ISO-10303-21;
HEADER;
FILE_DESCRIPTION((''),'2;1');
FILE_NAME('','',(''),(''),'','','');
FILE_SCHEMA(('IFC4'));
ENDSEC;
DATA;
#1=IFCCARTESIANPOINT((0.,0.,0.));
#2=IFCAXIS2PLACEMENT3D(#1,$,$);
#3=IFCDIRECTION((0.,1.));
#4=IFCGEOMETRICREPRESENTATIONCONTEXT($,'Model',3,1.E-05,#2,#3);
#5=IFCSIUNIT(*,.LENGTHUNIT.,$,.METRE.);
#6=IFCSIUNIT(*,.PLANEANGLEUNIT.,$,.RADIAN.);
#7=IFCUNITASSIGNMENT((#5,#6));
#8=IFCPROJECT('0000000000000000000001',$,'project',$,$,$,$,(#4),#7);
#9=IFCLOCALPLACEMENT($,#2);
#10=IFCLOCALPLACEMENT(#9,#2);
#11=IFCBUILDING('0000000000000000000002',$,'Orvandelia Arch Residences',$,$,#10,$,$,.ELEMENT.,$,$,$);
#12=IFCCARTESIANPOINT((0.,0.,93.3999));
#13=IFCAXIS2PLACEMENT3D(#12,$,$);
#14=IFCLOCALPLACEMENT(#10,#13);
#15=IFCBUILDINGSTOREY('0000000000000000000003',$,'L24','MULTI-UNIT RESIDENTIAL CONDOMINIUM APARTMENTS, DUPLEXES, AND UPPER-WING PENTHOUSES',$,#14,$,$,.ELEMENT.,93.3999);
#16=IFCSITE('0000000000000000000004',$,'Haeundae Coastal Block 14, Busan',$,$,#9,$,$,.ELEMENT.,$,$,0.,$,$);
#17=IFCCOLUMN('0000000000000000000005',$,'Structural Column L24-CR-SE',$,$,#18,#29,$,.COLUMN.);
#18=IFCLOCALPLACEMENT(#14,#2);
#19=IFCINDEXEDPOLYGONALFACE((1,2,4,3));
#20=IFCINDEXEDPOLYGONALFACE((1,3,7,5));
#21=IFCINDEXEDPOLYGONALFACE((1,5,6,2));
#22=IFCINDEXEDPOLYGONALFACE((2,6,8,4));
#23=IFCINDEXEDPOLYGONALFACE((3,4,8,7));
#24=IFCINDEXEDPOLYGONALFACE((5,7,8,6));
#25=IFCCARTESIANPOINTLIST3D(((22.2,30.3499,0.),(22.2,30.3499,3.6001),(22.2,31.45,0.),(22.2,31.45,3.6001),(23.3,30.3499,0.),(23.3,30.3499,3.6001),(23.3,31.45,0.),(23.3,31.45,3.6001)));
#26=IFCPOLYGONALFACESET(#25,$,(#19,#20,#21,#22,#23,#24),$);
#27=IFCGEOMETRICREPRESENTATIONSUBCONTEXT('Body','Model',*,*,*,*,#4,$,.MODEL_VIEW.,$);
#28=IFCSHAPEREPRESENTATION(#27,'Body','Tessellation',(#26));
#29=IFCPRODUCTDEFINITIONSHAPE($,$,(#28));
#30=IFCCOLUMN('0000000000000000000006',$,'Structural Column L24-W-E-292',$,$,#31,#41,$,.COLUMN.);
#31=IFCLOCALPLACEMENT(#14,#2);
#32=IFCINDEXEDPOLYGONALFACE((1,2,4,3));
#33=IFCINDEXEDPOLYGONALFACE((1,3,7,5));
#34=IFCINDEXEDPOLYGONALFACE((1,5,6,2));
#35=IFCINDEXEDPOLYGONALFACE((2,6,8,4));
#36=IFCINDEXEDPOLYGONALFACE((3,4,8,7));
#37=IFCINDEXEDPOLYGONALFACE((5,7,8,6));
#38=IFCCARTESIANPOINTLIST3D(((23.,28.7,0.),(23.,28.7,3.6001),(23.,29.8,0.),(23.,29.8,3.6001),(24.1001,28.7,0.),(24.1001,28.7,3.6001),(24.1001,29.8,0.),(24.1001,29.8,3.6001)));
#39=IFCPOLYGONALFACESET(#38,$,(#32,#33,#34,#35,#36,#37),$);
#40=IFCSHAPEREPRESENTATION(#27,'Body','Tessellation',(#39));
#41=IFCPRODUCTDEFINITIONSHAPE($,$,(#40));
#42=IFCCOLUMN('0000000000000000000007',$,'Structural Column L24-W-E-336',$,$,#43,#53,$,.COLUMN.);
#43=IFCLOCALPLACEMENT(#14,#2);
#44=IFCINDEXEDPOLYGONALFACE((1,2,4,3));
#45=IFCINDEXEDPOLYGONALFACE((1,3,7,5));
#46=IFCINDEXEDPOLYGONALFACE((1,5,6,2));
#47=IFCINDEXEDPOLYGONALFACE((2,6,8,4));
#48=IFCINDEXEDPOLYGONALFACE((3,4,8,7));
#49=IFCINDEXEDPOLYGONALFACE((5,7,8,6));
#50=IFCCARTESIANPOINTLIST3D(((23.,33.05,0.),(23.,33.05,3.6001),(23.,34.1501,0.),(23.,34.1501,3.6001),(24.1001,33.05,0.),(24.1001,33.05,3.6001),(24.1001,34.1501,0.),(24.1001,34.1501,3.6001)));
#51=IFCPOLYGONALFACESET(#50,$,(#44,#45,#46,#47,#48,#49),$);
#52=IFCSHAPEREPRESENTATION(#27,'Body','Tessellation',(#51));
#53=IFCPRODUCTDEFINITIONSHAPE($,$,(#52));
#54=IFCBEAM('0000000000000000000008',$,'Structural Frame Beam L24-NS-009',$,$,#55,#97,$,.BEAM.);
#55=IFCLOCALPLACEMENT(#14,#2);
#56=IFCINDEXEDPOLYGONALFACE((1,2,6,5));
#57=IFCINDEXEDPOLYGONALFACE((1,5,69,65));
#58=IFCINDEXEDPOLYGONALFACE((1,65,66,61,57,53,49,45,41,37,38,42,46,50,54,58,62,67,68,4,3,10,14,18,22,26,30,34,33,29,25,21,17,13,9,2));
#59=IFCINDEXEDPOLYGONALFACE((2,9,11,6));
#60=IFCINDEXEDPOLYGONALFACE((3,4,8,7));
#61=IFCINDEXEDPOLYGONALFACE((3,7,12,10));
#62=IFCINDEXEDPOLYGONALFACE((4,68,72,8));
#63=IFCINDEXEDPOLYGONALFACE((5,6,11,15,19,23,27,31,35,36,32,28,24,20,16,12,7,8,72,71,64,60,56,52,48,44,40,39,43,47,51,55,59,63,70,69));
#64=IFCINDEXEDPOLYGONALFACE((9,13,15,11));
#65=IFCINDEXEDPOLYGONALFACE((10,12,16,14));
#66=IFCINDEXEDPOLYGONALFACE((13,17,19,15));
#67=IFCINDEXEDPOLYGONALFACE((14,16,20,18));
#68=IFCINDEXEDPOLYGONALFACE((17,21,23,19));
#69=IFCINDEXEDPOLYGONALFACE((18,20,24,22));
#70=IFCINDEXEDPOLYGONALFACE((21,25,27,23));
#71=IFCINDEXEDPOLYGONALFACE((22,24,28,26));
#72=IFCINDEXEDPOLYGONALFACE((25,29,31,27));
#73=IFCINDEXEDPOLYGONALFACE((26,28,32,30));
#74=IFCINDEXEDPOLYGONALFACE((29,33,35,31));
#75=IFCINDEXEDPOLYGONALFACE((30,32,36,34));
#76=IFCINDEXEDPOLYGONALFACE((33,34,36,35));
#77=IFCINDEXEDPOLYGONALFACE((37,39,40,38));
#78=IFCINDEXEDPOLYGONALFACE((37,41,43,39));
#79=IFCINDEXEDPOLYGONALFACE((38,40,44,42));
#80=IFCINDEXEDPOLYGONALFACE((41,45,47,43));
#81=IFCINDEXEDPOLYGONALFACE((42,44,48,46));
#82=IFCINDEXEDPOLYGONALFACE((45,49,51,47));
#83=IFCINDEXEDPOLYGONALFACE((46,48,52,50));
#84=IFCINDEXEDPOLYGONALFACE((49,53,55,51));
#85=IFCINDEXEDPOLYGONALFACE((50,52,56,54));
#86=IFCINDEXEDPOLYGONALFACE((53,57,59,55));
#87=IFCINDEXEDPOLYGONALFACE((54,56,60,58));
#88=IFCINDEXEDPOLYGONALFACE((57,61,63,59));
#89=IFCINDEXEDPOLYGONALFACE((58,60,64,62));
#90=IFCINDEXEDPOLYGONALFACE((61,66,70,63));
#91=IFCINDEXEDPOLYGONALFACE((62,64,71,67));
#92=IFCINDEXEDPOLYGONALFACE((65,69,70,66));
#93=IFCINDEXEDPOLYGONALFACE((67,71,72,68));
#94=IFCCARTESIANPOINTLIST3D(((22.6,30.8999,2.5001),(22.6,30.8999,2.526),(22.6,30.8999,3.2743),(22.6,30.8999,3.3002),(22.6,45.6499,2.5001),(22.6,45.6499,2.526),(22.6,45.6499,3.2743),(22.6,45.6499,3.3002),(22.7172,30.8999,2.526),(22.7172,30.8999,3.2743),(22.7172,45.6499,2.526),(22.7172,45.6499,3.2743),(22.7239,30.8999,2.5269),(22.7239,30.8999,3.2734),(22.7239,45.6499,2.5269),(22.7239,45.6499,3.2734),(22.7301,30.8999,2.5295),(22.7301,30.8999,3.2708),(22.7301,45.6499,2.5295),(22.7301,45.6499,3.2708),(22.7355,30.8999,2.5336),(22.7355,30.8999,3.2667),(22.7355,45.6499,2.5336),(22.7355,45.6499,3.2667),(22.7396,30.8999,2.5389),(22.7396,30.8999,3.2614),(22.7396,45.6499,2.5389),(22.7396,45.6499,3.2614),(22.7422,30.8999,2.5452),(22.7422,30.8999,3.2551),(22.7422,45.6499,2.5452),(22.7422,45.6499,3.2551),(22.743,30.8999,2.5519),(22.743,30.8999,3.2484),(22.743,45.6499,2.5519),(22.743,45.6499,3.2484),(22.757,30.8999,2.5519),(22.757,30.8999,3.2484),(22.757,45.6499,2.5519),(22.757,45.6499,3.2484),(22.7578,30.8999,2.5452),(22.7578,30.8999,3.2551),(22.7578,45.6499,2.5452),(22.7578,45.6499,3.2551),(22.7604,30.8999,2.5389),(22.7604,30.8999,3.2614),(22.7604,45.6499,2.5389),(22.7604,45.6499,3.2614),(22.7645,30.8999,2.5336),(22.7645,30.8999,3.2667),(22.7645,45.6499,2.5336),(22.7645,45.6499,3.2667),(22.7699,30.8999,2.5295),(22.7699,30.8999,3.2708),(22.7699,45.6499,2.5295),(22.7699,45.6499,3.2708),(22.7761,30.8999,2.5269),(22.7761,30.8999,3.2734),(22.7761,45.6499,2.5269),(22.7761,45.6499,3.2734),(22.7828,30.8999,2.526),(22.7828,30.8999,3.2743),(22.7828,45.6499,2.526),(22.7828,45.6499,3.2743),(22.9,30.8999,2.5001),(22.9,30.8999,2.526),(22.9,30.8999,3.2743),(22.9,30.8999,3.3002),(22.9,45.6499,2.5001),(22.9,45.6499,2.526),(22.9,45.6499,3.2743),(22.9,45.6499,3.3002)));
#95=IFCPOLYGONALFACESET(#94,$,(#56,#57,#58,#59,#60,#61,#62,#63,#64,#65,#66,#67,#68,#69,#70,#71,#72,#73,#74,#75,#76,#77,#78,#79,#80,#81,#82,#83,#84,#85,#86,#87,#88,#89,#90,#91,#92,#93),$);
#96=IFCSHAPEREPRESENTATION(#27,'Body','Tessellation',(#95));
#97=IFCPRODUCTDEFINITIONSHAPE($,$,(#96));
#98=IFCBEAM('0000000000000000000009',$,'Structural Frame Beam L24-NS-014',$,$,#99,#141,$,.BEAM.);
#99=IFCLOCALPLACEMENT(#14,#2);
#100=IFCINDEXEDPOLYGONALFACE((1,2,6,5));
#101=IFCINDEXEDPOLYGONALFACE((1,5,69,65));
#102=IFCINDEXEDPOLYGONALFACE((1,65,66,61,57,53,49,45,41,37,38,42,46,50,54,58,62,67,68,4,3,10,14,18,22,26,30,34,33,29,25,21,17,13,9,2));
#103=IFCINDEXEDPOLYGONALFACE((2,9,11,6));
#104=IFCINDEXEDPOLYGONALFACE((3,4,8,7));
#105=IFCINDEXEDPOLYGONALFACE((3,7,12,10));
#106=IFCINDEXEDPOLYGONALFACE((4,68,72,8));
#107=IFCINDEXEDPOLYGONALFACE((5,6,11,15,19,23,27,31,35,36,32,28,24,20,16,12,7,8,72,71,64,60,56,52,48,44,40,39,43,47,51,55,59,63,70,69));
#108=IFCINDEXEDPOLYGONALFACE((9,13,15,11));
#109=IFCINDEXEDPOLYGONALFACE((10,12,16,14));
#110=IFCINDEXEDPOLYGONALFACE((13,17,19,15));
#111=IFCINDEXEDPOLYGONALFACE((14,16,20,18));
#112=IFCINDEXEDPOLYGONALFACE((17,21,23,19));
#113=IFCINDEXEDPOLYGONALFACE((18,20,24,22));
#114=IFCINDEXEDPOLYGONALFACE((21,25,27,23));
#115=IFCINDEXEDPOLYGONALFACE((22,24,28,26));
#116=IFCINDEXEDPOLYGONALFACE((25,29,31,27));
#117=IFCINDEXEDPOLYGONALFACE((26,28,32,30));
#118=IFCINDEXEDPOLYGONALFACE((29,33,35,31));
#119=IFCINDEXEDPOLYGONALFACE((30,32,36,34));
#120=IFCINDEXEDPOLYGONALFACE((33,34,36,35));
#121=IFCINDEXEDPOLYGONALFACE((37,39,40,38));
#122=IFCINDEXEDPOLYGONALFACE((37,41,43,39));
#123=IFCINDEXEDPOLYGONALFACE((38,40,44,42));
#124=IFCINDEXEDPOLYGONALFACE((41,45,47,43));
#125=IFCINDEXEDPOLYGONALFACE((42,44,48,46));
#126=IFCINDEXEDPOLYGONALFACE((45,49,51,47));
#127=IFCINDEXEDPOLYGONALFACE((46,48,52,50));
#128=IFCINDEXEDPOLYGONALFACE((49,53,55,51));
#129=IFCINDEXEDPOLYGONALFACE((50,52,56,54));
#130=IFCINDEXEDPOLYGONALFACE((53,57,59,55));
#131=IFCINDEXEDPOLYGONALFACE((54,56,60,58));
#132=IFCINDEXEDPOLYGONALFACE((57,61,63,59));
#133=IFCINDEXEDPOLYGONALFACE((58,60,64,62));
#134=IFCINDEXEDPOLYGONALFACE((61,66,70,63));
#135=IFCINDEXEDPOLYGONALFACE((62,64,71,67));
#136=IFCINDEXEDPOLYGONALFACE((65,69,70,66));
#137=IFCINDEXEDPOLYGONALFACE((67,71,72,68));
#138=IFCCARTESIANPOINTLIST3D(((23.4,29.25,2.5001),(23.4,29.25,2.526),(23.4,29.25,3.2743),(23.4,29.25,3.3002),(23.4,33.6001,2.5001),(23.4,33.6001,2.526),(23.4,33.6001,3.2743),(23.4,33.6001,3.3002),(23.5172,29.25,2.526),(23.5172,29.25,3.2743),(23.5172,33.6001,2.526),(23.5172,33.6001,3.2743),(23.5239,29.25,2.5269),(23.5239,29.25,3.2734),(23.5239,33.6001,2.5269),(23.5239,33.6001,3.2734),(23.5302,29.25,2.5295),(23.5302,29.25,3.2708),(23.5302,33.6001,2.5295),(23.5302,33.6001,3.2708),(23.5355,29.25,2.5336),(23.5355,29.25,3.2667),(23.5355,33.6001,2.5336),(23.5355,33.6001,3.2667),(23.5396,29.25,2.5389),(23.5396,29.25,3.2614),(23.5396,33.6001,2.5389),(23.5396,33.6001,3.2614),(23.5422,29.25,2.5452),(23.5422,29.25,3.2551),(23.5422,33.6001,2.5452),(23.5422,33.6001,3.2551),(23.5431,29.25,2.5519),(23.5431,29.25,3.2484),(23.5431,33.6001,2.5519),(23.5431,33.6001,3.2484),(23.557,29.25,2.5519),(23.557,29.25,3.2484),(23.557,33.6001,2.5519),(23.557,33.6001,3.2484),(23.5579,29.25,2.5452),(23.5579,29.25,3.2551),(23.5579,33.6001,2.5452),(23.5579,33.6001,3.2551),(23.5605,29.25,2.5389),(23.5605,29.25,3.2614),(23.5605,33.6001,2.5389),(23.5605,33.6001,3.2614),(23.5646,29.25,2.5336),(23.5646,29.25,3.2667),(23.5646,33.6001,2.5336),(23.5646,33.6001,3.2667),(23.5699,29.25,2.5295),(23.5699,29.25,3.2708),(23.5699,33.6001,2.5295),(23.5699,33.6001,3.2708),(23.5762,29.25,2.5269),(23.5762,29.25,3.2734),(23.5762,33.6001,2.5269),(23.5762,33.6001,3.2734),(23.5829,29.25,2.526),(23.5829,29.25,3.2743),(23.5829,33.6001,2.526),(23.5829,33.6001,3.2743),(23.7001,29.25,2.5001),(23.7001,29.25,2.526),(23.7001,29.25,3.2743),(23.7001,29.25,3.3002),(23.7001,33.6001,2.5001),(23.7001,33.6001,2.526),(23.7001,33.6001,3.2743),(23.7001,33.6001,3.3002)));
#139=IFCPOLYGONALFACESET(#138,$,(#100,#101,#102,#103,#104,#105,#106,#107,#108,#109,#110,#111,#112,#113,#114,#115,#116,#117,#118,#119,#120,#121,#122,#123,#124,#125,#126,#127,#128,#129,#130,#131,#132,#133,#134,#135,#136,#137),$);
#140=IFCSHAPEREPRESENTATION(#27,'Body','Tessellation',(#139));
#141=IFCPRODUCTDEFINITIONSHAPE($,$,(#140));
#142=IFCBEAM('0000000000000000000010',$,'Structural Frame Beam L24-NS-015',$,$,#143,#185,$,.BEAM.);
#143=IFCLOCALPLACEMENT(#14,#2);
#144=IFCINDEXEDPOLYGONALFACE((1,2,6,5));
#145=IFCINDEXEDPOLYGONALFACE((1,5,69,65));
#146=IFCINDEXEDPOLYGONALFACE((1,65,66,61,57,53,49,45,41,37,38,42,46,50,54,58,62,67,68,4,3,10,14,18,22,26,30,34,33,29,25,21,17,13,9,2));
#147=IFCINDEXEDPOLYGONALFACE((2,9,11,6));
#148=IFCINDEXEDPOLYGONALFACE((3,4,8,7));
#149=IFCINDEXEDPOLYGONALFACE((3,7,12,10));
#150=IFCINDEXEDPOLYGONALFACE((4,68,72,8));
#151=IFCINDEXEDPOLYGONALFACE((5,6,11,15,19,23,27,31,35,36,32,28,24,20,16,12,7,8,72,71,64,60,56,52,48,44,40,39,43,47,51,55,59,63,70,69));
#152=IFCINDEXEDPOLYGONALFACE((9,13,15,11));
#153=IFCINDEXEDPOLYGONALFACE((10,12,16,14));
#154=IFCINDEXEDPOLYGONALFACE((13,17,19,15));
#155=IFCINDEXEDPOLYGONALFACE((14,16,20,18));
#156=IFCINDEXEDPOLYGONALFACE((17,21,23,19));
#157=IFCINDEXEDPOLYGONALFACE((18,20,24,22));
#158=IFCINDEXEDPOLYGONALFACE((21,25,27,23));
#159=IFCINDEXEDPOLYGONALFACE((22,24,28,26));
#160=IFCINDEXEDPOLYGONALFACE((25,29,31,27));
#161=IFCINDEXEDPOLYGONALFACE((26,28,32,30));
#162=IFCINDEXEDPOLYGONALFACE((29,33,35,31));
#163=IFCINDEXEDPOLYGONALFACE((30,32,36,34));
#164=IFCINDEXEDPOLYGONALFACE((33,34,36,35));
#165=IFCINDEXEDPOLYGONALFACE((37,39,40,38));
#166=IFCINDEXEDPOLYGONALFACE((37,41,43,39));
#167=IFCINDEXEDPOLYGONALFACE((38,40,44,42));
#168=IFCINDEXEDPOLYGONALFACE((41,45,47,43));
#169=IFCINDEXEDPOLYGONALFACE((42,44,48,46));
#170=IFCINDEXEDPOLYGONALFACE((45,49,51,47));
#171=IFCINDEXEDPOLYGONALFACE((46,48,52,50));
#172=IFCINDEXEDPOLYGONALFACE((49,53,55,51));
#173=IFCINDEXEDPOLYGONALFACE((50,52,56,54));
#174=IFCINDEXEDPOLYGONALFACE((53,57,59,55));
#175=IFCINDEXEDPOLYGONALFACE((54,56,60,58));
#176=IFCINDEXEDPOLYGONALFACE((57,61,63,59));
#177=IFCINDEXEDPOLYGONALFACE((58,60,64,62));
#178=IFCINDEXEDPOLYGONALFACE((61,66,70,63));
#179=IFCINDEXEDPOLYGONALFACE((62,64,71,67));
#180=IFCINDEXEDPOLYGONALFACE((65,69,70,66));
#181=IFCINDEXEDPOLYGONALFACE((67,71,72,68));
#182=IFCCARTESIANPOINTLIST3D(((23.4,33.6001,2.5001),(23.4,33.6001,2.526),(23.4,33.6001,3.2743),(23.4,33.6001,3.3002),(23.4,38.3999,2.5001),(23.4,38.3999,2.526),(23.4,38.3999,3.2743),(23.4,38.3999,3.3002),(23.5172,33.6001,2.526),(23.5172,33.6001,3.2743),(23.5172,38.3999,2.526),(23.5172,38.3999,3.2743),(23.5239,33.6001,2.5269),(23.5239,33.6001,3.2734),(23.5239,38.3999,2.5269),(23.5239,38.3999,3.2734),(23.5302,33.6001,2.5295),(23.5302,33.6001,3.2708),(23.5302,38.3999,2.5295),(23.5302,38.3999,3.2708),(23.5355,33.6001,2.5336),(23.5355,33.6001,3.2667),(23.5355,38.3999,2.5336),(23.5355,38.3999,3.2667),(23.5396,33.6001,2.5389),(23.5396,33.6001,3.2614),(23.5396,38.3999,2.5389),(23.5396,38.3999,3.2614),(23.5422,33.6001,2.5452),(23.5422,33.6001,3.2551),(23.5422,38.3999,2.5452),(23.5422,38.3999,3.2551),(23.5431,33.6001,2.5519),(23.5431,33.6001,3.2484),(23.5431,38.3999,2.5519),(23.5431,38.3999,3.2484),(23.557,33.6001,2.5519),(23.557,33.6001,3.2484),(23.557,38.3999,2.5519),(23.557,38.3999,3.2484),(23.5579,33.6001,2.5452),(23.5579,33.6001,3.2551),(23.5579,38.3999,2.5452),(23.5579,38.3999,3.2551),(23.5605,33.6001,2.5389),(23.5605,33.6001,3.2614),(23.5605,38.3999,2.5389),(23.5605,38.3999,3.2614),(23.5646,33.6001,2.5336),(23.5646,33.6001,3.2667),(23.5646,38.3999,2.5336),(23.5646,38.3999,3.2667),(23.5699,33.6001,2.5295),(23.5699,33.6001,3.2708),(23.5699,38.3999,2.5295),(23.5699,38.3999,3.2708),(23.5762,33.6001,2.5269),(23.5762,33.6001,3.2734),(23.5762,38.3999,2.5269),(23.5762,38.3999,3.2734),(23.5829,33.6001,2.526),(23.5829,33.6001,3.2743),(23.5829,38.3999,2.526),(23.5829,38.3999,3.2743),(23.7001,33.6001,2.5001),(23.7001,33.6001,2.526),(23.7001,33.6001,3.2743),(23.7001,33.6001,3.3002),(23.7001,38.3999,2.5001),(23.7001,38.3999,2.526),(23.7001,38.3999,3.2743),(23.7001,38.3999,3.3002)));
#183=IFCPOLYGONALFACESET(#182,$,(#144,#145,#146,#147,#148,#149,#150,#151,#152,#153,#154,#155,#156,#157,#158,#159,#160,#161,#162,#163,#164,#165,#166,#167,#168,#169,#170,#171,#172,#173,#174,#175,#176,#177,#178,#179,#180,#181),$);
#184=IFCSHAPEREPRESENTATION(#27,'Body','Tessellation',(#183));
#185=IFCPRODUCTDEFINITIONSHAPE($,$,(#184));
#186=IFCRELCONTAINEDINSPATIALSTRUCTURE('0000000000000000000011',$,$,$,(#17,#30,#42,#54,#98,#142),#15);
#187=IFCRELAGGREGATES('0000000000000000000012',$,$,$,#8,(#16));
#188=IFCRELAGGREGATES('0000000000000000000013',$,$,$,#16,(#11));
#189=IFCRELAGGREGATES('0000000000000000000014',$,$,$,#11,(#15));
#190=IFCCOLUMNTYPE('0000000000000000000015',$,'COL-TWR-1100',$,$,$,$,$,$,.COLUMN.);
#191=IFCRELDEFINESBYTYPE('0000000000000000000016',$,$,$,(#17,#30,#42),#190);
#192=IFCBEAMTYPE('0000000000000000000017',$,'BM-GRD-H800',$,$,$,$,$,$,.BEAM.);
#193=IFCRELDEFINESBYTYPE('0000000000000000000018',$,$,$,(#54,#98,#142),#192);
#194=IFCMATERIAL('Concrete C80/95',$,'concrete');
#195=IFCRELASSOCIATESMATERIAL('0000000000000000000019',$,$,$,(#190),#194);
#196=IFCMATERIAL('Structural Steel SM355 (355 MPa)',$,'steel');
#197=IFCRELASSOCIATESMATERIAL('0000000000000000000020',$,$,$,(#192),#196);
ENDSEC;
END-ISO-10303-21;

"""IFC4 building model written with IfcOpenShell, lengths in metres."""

from ifc_helpers import new_model, si_unit, direction, frame, origin, origin_2d, place, context, subcontext, project, spatial, rectangle, i_section, extrude, material, material_profile, profile_set, type_object, element, save


model = new_model("IFC4")

# Units and contexts
model_context = context("Model", 3, precision=1e-05, world=origin(), true_north=direction((0.0, 1.0)))
body_context = subcontext(model_context, "Body", "Model", "MODEL_VIEW")
ifc_project = project(units=[si_unit("LENGTHUNIT", "METRE"), si_unit("PLANEANGLEUNIT", "RADIAN")], contexts=[model_context])

# Site, building, storey
site_placement = place(None, origin())
site = spatial("IfcSite", under=ifc_project, at=site_placement, Name="Haeundae Coastal Block 14, Busan", CompositionType="ELEMENT", RefElevation=0.0)
building_placement = place(site_placement, origin())
building = spatial("IfcBuilding", under=site, at=building_placement, Name="Orvandelia Arch Residences", CompositionType="ELEMENT")
storey_placement = place(building_placement, frame((0.0, 0.0, 93.3999)))
storey = spatial("IfcBuildingStorey", under=building, at=storey_placement, Name="L24", Description="MULTI-UNIT RESIDENTIAL CONDOMINIUM APARTMENTS, DUPLEXES, AND UPPER-WING PENTHOUSES", CompositionType="ELEMENT", Elevation=93.3999)

# Columns
ifc_material_1 = material(Name="Concrete C80/95", Category="concrete")
ifc_material_profile_1 = material_profile(ifc_material_1, rectangle(XDim=1.1001, YDim=1.1001, at=origin_2d()), Name="Concrete C80/95", Category="concrete")
ifc_profile_set_1 = profile_set([ifc_material_profile_1], Name="Concrete C80/95")
column_type = type_object("IfcColumnType", Name="COL-TWR-1100", PredefinedType="COLUMN", material=ifc_profile_set_1)
for number, where, z_axis, x_axis, name in (
    (1, (22.75, 30.8999, 0.0), (0.0, 0.0, 1.0), (1.0, 0.0, 0.0), "Structural Column L24-CR-SE"),
    (2, (23.55, 29.25, 0.0), (0.0, 0.0, 1.0), (1.0, 0.0, 0.0), "Structural Column L24-W-E-292"),
    (3, (23.55, 33.6001, 0.0), (0.0, 0.0, 1.0), (1.0, 0.0, 0.0), "Structural Column L24-W-E-336"),
):
    element("IfcColumn", number, at=place(storey_placement, frame(where, z_axis=z_axis, x_axis=x_axis)), inside=storey, type_object=column_type, Name=name, PredefinedType="COLUMN", context=body_context, shape_type="SweptSolid", body=[
        extrude(rectangle(XDim=1.1001, YDim=1.1001, at=origin_2d()), origin(), (0.0, 0.0, 1.0), 3.6001),
    ])

# Beams
ifc_material_2 = material(Name="Structural Steel SM355 (355 MPa)", Category="steel")
ifc_material_profile_2 = material_profile(ifc_material_2, i_section(OverallWidth=0.3, OverallDepth=0.8, WebThickness=0.0139, FlangeThickness=0.0259, FilletRadius=0.0259, at=origin_2d()), Name="Structural Steel SM355 (355 MPa)", Category="steel")
ifc_profile_set_2 = profile_set([ifc_material_profile_2], Name="Structural Steel SM355 (355 MPa)")
beam_type = type_object("IfcBeamType", Name="BM-GRD-H800", PredefinedType="BEAM", material=ifc_profile_set_2)
beam_1_placement = place(storey_placement, frame((22.75, 30.8999, 2.9001), z_axis=(0.0, 1.0, 0.0), x_axis=(-1.0, 0.0, 0.0)))
element("IfcBeam", 4, at=beam_1_placement, inside=storey, type_object=beam_type, Name="Structural Frame Beam L24-NS-009", PredefinedType="BEAM", context=body_context, shape_type="SweptSolid", body=[
    extrude(i_section(OverallWidth=0.3, OverallDepth=0.8, WebThickness=0.0139, FlangeThickness=0.0259, FilletRadius=0.0259, at=origin_2d()), origin(), (0.0, 0.0, 1.0), 14.75),
])
beam_2_placement = place(storey_placement, frame((23.55, 29.25, 2.9001), z_axis=(0.0, 1.0, 0.0), x_axis=(-1.0, 0.0, 0.0)))
element("IfcBeam", 5, at=beam_2_placement, inside=storey, type_object=beam_type, Name="Structural Frame Beam L24-NS-014", PredefinedType="BEAM", context=body_context, shape_type="SweptSolid", body=[
    extrude(i_section(OverallWidth=0.3, OverallDepth=0.8, WebThickness=0.0139, FlangeThickness=0.0259, FilletRadius=0.0259, at=origin_2d()), origin(), (0.0, 0.0, 1.0), 4.3501),
])
beam_3_placement = place(storey_placement, frame((23.55, 33.6001, 2.9001), z_axis=(0.0, 1.0, 0.0), x_axis=(-1.0, 0.0, 0.0)))
element("IfcBeam", 6, at=beam_3_placement, inside=storey, type_object=beam_type, Name="Structural Frame Beam L24-NS-015", PredefinedType="BEAM", context=body_context, shape_type="SweptSolid", body=[
    extrude(i_section(OverallWidth=0.3, OverallDepth=0.8, WebThickness=0.0139, FlangeThickness=0.0259, FilletRadius=0.0259, at=origin_2d()), origin(), (0.0, 0.0, 1.0), 4.7998),
])

save(model, "model.ifc")
